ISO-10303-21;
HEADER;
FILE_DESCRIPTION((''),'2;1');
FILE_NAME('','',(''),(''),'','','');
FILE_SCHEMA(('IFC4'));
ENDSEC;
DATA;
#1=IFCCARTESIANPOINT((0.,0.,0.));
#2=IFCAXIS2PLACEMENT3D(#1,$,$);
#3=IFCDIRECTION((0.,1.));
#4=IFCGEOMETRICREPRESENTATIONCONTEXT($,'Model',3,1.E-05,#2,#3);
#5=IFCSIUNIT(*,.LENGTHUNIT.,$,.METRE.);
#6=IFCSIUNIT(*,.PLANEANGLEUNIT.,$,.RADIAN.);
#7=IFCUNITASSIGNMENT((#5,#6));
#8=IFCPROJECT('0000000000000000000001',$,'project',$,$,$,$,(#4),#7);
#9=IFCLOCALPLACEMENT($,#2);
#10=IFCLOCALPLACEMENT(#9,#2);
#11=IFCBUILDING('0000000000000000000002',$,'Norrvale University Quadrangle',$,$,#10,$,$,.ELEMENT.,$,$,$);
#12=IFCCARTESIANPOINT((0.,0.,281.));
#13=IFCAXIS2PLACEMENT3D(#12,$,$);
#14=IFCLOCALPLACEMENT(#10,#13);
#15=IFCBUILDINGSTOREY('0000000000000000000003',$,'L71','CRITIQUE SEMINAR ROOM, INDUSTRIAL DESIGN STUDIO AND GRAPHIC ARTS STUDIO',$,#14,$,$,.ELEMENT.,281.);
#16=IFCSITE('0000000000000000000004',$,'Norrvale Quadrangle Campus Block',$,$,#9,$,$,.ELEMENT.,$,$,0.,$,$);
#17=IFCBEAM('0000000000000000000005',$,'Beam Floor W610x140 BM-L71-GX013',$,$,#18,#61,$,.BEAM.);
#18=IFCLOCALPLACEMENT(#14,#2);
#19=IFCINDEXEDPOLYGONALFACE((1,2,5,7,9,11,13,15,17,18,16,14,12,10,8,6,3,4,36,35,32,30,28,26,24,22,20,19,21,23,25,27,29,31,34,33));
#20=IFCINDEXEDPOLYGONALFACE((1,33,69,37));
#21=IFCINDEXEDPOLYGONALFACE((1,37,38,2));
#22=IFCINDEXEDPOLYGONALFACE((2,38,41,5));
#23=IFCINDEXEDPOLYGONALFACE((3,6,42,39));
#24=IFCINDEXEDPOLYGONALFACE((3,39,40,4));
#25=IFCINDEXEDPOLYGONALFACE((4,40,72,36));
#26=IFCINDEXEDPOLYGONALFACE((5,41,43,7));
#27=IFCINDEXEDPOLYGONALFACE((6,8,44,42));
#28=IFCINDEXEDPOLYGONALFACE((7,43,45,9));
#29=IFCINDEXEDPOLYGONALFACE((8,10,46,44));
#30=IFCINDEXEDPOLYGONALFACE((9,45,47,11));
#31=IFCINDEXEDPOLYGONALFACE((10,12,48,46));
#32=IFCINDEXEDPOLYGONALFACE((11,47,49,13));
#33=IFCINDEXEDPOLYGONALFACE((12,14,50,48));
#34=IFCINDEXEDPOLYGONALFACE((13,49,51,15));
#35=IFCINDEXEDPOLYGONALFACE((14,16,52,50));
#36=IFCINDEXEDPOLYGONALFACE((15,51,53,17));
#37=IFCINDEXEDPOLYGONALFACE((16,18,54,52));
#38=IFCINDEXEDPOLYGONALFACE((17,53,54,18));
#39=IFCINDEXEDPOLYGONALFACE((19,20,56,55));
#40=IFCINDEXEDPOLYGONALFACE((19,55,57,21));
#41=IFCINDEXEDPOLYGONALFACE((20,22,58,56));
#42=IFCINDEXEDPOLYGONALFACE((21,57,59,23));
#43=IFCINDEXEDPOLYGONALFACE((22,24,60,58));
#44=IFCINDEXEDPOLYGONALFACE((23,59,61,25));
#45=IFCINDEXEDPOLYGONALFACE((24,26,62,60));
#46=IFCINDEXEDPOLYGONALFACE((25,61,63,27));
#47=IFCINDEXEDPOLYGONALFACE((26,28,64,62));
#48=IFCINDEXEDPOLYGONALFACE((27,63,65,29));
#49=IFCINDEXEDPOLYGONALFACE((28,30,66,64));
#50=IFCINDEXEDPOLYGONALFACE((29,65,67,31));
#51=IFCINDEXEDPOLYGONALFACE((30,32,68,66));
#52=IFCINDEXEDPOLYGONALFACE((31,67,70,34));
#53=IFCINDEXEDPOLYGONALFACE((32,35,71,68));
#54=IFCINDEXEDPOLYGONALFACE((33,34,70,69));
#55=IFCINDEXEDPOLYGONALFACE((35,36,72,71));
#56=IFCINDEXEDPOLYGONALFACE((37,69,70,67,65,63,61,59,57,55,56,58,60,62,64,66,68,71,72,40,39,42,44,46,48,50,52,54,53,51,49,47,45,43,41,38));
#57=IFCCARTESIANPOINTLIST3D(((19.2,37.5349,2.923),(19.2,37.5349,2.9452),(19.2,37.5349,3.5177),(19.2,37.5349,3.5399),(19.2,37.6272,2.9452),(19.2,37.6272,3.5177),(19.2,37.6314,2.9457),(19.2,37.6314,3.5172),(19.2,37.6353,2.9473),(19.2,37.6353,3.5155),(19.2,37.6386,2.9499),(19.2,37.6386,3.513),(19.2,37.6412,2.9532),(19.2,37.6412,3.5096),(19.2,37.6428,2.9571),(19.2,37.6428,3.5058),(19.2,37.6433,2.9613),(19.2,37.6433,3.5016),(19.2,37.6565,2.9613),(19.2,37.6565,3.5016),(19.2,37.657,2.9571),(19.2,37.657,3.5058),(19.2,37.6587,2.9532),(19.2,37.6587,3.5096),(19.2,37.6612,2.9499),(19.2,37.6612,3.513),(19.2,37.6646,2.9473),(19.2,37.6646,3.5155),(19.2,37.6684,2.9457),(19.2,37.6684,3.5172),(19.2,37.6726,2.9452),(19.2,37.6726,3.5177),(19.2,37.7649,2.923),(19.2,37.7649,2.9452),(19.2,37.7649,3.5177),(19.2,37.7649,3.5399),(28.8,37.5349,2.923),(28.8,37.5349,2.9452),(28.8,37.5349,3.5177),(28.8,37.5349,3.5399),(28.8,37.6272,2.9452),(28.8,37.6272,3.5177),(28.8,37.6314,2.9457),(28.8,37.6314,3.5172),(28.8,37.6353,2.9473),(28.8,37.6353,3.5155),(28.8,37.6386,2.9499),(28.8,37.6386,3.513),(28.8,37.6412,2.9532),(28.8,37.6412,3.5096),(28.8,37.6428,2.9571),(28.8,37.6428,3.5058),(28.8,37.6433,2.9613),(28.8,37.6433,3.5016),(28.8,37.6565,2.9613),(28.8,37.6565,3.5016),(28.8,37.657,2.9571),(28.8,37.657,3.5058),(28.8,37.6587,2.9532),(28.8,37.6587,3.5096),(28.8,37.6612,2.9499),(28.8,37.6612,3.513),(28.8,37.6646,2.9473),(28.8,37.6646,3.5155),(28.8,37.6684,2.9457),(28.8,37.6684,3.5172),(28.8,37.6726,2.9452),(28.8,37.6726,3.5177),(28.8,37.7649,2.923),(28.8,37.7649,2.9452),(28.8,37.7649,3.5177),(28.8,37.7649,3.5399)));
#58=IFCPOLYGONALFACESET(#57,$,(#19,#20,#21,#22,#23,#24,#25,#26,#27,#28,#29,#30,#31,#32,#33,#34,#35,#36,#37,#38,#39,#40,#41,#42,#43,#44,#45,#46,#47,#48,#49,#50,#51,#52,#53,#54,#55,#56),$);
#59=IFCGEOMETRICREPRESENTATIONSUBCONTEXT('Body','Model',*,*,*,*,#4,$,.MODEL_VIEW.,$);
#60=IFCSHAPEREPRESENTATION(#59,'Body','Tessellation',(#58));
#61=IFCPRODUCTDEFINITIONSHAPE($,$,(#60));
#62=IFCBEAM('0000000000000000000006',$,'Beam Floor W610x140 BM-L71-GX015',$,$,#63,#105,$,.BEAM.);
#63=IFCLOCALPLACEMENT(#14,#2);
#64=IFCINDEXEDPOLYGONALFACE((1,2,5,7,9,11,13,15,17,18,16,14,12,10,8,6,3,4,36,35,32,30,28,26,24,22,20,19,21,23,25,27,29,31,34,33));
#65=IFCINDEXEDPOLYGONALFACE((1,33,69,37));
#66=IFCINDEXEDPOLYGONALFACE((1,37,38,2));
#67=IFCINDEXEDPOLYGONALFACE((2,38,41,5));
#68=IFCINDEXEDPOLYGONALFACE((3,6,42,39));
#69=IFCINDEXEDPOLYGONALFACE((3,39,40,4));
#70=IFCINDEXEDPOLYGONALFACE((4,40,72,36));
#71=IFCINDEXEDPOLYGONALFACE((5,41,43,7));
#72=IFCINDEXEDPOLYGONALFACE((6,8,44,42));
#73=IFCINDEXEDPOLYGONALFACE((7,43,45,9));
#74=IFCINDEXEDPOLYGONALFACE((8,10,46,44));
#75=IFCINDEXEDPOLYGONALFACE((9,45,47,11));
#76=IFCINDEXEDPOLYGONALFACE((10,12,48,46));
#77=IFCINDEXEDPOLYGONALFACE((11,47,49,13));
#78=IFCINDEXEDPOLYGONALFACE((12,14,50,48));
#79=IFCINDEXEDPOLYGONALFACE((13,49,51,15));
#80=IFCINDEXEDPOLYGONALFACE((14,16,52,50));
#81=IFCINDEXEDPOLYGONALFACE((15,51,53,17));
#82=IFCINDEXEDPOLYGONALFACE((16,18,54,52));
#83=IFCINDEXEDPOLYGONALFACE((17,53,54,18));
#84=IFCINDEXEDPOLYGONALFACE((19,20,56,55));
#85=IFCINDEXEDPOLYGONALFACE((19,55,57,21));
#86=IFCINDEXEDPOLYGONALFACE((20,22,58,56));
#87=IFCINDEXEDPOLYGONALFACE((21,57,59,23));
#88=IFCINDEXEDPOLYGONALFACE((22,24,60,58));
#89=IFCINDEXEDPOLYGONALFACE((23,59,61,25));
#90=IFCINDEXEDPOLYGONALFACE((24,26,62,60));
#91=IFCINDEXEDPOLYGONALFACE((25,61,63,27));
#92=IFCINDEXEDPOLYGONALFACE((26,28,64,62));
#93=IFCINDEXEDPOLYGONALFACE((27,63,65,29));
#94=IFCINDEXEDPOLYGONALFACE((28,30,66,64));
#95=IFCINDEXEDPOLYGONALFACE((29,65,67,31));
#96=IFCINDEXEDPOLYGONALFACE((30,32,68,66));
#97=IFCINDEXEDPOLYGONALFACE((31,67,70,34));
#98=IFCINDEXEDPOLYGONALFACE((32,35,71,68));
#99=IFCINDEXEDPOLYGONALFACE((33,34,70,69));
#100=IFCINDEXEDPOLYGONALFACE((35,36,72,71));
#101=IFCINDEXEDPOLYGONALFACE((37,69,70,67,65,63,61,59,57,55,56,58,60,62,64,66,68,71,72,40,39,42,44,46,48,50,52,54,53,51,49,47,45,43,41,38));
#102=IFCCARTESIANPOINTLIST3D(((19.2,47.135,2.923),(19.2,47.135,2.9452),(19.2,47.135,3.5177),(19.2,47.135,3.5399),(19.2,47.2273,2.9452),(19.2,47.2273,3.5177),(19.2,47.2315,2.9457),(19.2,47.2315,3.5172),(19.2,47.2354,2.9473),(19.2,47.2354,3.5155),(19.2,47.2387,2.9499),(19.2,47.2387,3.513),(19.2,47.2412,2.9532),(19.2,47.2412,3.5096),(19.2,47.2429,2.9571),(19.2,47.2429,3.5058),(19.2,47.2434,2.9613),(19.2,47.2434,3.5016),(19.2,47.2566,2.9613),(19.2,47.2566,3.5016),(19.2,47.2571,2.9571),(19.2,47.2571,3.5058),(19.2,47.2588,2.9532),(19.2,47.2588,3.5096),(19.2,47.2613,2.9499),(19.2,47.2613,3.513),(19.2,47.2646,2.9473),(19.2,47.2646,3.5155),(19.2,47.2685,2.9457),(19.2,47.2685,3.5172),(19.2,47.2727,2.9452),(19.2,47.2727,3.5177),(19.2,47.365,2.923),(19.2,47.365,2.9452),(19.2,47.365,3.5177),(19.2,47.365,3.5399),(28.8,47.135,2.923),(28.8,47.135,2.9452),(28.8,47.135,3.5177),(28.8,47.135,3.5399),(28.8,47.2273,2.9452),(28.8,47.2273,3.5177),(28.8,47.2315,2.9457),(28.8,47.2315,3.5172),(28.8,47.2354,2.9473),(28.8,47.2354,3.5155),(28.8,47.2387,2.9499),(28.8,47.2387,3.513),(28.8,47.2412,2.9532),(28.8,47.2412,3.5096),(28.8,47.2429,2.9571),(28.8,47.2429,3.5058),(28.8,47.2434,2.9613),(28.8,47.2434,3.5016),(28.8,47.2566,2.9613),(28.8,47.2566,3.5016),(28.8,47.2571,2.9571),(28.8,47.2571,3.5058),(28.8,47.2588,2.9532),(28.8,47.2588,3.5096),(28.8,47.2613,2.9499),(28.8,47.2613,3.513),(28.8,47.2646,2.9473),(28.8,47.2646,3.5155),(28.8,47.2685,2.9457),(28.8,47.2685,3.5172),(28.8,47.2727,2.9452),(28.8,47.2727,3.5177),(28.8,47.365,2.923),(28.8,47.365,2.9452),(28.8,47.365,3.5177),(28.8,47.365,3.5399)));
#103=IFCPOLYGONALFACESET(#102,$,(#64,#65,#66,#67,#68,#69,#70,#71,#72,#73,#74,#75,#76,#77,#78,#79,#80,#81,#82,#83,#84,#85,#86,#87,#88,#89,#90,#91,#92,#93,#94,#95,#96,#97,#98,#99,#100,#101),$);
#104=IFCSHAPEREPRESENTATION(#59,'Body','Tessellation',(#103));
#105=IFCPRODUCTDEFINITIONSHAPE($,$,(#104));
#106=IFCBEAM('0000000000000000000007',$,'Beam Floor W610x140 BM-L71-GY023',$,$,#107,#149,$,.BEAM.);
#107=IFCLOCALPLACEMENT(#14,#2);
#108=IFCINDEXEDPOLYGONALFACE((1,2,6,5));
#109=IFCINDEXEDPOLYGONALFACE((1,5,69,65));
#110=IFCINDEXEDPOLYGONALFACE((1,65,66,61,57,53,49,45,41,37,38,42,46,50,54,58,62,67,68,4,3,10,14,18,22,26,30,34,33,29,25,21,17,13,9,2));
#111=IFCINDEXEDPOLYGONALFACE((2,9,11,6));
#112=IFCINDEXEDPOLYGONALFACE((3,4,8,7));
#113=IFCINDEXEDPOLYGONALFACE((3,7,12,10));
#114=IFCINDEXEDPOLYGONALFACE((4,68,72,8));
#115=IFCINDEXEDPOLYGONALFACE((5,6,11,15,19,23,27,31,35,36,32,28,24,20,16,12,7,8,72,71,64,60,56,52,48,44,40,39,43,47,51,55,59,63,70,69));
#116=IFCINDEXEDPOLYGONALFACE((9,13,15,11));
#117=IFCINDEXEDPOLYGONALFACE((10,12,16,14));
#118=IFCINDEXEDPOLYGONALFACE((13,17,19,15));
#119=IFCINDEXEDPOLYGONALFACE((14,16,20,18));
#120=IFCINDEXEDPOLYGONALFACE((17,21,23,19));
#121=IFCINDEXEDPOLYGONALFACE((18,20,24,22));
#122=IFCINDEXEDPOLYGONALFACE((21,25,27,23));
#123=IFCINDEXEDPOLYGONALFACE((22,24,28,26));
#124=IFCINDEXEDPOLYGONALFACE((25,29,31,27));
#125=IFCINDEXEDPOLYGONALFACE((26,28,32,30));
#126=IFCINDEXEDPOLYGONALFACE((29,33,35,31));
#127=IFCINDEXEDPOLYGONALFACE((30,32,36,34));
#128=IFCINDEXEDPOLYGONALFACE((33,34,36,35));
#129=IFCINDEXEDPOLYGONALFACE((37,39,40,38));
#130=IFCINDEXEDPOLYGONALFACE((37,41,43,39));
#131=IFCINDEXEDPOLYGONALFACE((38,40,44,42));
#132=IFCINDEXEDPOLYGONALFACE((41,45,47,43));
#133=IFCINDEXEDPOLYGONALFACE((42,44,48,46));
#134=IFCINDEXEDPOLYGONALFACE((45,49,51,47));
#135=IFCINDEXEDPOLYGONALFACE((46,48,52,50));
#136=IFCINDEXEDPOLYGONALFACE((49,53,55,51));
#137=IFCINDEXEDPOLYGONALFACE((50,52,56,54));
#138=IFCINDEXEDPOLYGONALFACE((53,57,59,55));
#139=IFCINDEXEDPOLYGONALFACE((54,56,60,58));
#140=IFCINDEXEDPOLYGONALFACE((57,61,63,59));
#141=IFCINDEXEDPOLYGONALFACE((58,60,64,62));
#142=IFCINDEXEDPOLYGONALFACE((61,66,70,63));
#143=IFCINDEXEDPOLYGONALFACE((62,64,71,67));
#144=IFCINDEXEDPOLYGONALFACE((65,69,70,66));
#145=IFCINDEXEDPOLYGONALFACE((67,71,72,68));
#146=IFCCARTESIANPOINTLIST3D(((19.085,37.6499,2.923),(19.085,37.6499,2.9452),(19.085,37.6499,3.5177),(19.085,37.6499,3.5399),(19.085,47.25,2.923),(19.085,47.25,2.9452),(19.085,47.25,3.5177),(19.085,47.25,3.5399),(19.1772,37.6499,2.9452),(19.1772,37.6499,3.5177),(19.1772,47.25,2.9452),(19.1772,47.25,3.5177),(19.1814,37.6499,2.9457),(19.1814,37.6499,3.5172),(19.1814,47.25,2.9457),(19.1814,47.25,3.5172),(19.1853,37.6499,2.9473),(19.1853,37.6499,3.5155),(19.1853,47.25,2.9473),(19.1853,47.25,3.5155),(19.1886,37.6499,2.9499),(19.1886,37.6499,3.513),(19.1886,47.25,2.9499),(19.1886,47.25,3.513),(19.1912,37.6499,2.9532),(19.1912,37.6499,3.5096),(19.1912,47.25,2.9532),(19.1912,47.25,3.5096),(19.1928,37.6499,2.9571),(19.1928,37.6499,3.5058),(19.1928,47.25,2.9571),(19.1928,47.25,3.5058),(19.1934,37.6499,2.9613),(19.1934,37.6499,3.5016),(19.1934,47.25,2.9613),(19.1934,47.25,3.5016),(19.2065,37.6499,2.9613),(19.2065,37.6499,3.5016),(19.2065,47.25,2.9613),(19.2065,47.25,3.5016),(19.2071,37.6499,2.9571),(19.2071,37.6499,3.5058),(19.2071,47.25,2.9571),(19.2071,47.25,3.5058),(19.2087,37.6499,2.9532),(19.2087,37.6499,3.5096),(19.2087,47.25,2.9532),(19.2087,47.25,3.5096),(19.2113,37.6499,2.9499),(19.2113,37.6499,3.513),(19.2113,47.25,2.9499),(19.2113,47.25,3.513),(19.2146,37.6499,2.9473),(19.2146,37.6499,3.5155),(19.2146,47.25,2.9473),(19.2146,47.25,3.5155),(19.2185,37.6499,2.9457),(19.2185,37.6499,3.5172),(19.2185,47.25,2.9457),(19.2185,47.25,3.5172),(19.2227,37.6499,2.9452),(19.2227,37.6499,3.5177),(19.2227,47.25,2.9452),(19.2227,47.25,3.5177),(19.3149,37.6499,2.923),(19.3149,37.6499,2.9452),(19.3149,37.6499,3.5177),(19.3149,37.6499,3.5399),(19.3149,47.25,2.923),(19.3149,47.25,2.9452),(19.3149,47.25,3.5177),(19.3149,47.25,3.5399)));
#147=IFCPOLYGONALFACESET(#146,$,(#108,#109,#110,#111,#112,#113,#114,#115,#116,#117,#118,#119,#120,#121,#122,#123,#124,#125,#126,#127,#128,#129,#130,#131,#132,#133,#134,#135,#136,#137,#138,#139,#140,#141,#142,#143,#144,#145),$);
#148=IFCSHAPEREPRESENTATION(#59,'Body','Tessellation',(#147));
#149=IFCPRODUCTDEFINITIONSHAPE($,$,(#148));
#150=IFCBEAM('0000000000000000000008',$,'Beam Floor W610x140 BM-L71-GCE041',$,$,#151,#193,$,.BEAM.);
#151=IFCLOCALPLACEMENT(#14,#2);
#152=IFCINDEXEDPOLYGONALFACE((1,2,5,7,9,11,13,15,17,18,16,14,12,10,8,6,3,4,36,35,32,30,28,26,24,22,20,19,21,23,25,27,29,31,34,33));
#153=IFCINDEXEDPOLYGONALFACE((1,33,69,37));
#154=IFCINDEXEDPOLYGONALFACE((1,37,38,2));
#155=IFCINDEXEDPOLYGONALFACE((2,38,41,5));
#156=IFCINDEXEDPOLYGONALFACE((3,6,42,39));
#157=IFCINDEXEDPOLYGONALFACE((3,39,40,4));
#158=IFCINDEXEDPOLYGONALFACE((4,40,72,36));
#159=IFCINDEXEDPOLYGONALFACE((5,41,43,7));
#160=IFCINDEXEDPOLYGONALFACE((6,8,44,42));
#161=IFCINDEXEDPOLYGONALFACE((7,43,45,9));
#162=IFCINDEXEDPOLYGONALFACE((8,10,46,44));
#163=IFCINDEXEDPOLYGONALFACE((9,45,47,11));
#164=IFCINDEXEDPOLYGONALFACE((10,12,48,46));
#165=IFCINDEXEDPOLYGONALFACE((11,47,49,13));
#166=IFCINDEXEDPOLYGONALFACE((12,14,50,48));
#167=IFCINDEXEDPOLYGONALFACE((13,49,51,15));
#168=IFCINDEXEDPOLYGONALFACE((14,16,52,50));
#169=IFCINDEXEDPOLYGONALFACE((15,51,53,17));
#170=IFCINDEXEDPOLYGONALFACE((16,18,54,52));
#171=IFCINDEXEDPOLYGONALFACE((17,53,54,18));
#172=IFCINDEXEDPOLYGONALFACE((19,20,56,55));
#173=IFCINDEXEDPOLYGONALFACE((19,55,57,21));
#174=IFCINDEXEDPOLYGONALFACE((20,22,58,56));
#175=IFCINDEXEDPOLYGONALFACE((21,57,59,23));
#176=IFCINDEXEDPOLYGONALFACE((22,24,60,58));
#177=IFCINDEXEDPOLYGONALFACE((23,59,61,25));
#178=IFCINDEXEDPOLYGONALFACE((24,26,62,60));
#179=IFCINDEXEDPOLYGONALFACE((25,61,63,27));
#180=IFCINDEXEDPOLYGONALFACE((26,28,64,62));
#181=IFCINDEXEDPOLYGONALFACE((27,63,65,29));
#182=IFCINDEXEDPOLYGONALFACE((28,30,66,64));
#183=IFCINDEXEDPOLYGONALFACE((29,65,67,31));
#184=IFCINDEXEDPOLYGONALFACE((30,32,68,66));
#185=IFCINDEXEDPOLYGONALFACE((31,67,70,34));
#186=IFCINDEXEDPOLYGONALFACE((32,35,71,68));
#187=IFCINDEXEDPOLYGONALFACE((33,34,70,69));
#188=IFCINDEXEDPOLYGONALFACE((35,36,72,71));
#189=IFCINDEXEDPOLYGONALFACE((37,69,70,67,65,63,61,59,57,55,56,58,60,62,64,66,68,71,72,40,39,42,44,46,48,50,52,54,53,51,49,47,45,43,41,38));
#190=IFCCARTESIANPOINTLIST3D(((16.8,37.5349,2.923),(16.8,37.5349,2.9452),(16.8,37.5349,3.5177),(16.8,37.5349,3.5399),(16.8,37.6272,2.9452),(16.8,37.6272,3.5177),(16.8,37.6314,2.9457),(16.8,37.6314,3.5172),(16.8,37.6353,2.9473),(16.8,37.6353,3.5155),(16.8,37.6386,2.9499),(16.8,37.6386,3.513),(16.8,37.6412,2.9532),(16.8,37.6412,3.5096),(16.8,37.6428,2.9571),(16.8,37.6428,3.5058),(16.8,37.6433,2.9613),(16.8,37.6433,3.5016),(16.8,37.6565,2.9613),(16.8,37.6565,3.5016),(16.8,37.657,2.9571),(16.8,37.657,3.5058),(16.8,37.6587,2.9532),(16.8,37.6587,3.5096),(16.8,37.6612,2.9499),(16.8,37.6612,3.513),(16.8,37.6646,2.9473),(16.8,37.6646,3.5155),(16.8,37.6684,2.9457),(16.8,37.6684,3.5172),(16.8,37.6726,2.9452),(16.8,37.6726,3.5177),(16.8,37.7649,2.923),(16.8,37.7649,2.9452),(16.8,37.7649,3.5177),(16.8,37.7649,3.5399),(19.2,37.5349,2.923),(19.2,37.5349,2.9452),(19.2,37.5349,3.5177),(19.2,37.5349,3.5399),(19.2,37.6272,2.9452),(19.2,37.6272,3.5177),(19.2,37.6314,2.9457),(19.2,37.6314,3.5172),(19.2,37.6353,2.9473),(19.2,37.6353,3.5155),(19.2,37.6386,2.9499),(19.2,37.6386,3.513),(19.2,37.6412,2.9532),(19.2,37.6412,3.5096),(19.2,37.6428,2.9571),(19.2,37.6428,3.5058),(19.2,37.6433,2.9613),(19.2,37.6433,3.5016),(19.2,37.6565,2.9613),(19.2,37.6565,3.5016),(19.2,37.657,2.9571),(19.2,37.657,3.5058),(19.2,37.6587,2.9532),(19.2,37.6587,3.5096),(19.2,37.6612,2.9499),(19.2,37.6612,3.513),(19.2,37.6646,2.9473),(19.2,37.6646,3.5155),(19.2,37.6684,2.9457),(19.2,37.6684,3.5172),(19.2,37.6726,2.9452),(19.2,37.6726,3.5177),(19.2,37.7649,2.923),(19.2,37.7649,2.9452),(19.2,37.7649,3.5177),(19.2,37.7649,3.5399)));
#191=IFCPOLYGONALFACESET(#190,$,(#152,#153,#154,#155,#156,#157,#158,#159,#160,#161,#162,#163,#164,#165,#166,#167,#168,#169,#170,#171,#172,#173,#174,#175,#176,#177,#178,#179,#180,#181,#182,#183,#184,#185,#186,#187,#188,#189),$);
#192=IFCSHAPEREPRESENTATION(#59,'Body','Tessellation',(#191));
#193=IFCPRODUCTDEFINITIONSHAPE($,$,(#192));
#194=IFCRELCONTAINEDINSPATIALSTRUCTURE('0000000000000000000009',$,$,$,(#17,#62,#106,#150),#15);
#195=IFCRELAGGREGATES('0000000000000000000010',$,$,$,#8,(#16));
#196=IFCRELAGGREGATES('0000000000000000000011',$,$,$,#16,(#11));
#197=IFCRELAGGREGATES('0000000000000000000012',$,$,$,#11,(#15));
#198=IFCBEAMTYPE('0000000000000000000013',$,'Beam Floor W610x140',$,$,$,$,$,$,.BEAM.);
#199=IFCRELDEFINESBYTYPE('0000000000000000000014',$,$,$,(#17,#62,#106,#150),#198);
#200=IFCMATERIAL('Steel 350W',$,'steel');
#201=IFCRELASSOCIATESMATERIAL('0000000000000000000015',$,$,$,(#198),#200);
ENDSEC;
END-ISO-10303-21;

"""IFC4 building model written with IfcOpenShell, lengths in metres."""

from ifc_helpers import new_model, si_unit, direction, frame, origin, origin_2d, place, context, subcontext, project, spatial, i_section, extrude, material, material_profile, profile_set, type_object, element, save


model = new_model("IFC4")

# Units and contexts
model_context = context("Model", 3, precision=1e-05, world=origin(), true_north=direction((0.0, 1.0)))
body_context = subcontext(model_context, "Body", "Model", "MODEL_VIEW")
ifc_project = project(units=[si_unit("LENGTHUNIT", "METRE"), si_unit("PLANEANGLEUNIT", "RADIAN")], contexts=[model_context])

# Site, building, storey
site_placement = place(None, origin())
site = spatial("IfcSite", under=ifc_project, at=site_placement, Name="Norrvale Quadrangle Campus Block", CompositionType="ELEMENT", RefElevation=0.0)
building_placement = place(site_placement, origin())
building = spatial("IfcBuilding", under=site, at=building_placement, Name="Norrvale University Quadrangle", CompositionType="ELEMENT")
storey_placement = place(building_placement, frame((0.0, 0.0, 281.0)))
storey = spatial("IfcBuildingStorey", under=building, at=storey_placement, Name="L71", Description="CRITIQUE SEMINAR ROOM, INDUSTRIAL DESIGN STUDIO AND GRAPHIC ARTS STUDIO", CompositionType="ELEMENT", Elevation=281.0)

# Beams
ifc_material_1 = material(Name="Steel 350W", Category="steel")
ifc_material_profile_1 = material_profile(ifc_material_1, i_section(OverallWidth=0.23, OverallDepth=0.6169, WebThickness=0.0132, FlangeThickness=0.0222, FilletRadius=0.0161, at=origin_2d()), Name="Steel 350W")
ifc_profile_set_1 = profile_set([ifc_material_profile_1], Name="Steel 350W")
beam_type_1 = type_object("IfcBeamType", Name="Beam Floor W610x140", PredefinedType="BEAM", material=ifc_profile_set_1)
for number, where, z_axis, x_axis, name in (
    (1, (19.2, 37.6499, 3.2314), (1.0, 0.0, 0.0), (0.0, 1.0, 0.0), "Beam Floor W610x140 BM-L71-GX013"),
    (2, (19.2, 47.25, 3.2314), (1.0, 0.0, 0.0), (0.0, 1.0, 0.0), "Beam Floor W610x140 BM-L71-GX015"),
    (3, (19.2, 37.6499, 3.2314), (0.0, 1.0, 0.0), (-1.0, 0.0, 0.0), "Beam Floor W610x140 BM-L71-GY023"),
):
    element("IfcBeam", number, at=place(storey_placement, frame(where, z_axis=z_axis, x_axis=x_axis)), inside=storey, type_object=beam_type_1, Name=name, PredefinedType="BEAM", context=body_context, shape_type="SweptSolid", body=[
        extrude(i_section(OverallWidth=0.23, OverallDepth=0.6169, WebThickness=0.0132, FlangeThickness=0.0222, FilletRadius=0.0161, at=origin_2d()), origin(), (0.0, 0.0, 1.0), 9.6001),
    ])
for number, where, z_axis, x_axis, name in (
    (4, (16.8, 37.6499, 3.2314), (1.0, 0.0, 0.0), (0.0, 1.0, 0.0), "Beam Floor W610x140 BM-L71-GCE041"),
):
    element("IfcBeam", number, at=place(storey_placement, frame(where, z_axis=z_axis, x_axis=x_axis)), inside=storey, type_object=beam_type_1, Name=name, PredefinedType="BEAM", context=body_context, shape_type="SweptSolid", body=[
        extrude(i_section(OverallWidth=0.23, OverallDepth=0.6169, WebThickness=0.0132, FlangeThickness=0.0222, FilletRadius=0.0161, at=origin_2d()), origin(), (0.0, 0.0, 1.0), 2.3999),
    ])

save(model, "model.ifc")
